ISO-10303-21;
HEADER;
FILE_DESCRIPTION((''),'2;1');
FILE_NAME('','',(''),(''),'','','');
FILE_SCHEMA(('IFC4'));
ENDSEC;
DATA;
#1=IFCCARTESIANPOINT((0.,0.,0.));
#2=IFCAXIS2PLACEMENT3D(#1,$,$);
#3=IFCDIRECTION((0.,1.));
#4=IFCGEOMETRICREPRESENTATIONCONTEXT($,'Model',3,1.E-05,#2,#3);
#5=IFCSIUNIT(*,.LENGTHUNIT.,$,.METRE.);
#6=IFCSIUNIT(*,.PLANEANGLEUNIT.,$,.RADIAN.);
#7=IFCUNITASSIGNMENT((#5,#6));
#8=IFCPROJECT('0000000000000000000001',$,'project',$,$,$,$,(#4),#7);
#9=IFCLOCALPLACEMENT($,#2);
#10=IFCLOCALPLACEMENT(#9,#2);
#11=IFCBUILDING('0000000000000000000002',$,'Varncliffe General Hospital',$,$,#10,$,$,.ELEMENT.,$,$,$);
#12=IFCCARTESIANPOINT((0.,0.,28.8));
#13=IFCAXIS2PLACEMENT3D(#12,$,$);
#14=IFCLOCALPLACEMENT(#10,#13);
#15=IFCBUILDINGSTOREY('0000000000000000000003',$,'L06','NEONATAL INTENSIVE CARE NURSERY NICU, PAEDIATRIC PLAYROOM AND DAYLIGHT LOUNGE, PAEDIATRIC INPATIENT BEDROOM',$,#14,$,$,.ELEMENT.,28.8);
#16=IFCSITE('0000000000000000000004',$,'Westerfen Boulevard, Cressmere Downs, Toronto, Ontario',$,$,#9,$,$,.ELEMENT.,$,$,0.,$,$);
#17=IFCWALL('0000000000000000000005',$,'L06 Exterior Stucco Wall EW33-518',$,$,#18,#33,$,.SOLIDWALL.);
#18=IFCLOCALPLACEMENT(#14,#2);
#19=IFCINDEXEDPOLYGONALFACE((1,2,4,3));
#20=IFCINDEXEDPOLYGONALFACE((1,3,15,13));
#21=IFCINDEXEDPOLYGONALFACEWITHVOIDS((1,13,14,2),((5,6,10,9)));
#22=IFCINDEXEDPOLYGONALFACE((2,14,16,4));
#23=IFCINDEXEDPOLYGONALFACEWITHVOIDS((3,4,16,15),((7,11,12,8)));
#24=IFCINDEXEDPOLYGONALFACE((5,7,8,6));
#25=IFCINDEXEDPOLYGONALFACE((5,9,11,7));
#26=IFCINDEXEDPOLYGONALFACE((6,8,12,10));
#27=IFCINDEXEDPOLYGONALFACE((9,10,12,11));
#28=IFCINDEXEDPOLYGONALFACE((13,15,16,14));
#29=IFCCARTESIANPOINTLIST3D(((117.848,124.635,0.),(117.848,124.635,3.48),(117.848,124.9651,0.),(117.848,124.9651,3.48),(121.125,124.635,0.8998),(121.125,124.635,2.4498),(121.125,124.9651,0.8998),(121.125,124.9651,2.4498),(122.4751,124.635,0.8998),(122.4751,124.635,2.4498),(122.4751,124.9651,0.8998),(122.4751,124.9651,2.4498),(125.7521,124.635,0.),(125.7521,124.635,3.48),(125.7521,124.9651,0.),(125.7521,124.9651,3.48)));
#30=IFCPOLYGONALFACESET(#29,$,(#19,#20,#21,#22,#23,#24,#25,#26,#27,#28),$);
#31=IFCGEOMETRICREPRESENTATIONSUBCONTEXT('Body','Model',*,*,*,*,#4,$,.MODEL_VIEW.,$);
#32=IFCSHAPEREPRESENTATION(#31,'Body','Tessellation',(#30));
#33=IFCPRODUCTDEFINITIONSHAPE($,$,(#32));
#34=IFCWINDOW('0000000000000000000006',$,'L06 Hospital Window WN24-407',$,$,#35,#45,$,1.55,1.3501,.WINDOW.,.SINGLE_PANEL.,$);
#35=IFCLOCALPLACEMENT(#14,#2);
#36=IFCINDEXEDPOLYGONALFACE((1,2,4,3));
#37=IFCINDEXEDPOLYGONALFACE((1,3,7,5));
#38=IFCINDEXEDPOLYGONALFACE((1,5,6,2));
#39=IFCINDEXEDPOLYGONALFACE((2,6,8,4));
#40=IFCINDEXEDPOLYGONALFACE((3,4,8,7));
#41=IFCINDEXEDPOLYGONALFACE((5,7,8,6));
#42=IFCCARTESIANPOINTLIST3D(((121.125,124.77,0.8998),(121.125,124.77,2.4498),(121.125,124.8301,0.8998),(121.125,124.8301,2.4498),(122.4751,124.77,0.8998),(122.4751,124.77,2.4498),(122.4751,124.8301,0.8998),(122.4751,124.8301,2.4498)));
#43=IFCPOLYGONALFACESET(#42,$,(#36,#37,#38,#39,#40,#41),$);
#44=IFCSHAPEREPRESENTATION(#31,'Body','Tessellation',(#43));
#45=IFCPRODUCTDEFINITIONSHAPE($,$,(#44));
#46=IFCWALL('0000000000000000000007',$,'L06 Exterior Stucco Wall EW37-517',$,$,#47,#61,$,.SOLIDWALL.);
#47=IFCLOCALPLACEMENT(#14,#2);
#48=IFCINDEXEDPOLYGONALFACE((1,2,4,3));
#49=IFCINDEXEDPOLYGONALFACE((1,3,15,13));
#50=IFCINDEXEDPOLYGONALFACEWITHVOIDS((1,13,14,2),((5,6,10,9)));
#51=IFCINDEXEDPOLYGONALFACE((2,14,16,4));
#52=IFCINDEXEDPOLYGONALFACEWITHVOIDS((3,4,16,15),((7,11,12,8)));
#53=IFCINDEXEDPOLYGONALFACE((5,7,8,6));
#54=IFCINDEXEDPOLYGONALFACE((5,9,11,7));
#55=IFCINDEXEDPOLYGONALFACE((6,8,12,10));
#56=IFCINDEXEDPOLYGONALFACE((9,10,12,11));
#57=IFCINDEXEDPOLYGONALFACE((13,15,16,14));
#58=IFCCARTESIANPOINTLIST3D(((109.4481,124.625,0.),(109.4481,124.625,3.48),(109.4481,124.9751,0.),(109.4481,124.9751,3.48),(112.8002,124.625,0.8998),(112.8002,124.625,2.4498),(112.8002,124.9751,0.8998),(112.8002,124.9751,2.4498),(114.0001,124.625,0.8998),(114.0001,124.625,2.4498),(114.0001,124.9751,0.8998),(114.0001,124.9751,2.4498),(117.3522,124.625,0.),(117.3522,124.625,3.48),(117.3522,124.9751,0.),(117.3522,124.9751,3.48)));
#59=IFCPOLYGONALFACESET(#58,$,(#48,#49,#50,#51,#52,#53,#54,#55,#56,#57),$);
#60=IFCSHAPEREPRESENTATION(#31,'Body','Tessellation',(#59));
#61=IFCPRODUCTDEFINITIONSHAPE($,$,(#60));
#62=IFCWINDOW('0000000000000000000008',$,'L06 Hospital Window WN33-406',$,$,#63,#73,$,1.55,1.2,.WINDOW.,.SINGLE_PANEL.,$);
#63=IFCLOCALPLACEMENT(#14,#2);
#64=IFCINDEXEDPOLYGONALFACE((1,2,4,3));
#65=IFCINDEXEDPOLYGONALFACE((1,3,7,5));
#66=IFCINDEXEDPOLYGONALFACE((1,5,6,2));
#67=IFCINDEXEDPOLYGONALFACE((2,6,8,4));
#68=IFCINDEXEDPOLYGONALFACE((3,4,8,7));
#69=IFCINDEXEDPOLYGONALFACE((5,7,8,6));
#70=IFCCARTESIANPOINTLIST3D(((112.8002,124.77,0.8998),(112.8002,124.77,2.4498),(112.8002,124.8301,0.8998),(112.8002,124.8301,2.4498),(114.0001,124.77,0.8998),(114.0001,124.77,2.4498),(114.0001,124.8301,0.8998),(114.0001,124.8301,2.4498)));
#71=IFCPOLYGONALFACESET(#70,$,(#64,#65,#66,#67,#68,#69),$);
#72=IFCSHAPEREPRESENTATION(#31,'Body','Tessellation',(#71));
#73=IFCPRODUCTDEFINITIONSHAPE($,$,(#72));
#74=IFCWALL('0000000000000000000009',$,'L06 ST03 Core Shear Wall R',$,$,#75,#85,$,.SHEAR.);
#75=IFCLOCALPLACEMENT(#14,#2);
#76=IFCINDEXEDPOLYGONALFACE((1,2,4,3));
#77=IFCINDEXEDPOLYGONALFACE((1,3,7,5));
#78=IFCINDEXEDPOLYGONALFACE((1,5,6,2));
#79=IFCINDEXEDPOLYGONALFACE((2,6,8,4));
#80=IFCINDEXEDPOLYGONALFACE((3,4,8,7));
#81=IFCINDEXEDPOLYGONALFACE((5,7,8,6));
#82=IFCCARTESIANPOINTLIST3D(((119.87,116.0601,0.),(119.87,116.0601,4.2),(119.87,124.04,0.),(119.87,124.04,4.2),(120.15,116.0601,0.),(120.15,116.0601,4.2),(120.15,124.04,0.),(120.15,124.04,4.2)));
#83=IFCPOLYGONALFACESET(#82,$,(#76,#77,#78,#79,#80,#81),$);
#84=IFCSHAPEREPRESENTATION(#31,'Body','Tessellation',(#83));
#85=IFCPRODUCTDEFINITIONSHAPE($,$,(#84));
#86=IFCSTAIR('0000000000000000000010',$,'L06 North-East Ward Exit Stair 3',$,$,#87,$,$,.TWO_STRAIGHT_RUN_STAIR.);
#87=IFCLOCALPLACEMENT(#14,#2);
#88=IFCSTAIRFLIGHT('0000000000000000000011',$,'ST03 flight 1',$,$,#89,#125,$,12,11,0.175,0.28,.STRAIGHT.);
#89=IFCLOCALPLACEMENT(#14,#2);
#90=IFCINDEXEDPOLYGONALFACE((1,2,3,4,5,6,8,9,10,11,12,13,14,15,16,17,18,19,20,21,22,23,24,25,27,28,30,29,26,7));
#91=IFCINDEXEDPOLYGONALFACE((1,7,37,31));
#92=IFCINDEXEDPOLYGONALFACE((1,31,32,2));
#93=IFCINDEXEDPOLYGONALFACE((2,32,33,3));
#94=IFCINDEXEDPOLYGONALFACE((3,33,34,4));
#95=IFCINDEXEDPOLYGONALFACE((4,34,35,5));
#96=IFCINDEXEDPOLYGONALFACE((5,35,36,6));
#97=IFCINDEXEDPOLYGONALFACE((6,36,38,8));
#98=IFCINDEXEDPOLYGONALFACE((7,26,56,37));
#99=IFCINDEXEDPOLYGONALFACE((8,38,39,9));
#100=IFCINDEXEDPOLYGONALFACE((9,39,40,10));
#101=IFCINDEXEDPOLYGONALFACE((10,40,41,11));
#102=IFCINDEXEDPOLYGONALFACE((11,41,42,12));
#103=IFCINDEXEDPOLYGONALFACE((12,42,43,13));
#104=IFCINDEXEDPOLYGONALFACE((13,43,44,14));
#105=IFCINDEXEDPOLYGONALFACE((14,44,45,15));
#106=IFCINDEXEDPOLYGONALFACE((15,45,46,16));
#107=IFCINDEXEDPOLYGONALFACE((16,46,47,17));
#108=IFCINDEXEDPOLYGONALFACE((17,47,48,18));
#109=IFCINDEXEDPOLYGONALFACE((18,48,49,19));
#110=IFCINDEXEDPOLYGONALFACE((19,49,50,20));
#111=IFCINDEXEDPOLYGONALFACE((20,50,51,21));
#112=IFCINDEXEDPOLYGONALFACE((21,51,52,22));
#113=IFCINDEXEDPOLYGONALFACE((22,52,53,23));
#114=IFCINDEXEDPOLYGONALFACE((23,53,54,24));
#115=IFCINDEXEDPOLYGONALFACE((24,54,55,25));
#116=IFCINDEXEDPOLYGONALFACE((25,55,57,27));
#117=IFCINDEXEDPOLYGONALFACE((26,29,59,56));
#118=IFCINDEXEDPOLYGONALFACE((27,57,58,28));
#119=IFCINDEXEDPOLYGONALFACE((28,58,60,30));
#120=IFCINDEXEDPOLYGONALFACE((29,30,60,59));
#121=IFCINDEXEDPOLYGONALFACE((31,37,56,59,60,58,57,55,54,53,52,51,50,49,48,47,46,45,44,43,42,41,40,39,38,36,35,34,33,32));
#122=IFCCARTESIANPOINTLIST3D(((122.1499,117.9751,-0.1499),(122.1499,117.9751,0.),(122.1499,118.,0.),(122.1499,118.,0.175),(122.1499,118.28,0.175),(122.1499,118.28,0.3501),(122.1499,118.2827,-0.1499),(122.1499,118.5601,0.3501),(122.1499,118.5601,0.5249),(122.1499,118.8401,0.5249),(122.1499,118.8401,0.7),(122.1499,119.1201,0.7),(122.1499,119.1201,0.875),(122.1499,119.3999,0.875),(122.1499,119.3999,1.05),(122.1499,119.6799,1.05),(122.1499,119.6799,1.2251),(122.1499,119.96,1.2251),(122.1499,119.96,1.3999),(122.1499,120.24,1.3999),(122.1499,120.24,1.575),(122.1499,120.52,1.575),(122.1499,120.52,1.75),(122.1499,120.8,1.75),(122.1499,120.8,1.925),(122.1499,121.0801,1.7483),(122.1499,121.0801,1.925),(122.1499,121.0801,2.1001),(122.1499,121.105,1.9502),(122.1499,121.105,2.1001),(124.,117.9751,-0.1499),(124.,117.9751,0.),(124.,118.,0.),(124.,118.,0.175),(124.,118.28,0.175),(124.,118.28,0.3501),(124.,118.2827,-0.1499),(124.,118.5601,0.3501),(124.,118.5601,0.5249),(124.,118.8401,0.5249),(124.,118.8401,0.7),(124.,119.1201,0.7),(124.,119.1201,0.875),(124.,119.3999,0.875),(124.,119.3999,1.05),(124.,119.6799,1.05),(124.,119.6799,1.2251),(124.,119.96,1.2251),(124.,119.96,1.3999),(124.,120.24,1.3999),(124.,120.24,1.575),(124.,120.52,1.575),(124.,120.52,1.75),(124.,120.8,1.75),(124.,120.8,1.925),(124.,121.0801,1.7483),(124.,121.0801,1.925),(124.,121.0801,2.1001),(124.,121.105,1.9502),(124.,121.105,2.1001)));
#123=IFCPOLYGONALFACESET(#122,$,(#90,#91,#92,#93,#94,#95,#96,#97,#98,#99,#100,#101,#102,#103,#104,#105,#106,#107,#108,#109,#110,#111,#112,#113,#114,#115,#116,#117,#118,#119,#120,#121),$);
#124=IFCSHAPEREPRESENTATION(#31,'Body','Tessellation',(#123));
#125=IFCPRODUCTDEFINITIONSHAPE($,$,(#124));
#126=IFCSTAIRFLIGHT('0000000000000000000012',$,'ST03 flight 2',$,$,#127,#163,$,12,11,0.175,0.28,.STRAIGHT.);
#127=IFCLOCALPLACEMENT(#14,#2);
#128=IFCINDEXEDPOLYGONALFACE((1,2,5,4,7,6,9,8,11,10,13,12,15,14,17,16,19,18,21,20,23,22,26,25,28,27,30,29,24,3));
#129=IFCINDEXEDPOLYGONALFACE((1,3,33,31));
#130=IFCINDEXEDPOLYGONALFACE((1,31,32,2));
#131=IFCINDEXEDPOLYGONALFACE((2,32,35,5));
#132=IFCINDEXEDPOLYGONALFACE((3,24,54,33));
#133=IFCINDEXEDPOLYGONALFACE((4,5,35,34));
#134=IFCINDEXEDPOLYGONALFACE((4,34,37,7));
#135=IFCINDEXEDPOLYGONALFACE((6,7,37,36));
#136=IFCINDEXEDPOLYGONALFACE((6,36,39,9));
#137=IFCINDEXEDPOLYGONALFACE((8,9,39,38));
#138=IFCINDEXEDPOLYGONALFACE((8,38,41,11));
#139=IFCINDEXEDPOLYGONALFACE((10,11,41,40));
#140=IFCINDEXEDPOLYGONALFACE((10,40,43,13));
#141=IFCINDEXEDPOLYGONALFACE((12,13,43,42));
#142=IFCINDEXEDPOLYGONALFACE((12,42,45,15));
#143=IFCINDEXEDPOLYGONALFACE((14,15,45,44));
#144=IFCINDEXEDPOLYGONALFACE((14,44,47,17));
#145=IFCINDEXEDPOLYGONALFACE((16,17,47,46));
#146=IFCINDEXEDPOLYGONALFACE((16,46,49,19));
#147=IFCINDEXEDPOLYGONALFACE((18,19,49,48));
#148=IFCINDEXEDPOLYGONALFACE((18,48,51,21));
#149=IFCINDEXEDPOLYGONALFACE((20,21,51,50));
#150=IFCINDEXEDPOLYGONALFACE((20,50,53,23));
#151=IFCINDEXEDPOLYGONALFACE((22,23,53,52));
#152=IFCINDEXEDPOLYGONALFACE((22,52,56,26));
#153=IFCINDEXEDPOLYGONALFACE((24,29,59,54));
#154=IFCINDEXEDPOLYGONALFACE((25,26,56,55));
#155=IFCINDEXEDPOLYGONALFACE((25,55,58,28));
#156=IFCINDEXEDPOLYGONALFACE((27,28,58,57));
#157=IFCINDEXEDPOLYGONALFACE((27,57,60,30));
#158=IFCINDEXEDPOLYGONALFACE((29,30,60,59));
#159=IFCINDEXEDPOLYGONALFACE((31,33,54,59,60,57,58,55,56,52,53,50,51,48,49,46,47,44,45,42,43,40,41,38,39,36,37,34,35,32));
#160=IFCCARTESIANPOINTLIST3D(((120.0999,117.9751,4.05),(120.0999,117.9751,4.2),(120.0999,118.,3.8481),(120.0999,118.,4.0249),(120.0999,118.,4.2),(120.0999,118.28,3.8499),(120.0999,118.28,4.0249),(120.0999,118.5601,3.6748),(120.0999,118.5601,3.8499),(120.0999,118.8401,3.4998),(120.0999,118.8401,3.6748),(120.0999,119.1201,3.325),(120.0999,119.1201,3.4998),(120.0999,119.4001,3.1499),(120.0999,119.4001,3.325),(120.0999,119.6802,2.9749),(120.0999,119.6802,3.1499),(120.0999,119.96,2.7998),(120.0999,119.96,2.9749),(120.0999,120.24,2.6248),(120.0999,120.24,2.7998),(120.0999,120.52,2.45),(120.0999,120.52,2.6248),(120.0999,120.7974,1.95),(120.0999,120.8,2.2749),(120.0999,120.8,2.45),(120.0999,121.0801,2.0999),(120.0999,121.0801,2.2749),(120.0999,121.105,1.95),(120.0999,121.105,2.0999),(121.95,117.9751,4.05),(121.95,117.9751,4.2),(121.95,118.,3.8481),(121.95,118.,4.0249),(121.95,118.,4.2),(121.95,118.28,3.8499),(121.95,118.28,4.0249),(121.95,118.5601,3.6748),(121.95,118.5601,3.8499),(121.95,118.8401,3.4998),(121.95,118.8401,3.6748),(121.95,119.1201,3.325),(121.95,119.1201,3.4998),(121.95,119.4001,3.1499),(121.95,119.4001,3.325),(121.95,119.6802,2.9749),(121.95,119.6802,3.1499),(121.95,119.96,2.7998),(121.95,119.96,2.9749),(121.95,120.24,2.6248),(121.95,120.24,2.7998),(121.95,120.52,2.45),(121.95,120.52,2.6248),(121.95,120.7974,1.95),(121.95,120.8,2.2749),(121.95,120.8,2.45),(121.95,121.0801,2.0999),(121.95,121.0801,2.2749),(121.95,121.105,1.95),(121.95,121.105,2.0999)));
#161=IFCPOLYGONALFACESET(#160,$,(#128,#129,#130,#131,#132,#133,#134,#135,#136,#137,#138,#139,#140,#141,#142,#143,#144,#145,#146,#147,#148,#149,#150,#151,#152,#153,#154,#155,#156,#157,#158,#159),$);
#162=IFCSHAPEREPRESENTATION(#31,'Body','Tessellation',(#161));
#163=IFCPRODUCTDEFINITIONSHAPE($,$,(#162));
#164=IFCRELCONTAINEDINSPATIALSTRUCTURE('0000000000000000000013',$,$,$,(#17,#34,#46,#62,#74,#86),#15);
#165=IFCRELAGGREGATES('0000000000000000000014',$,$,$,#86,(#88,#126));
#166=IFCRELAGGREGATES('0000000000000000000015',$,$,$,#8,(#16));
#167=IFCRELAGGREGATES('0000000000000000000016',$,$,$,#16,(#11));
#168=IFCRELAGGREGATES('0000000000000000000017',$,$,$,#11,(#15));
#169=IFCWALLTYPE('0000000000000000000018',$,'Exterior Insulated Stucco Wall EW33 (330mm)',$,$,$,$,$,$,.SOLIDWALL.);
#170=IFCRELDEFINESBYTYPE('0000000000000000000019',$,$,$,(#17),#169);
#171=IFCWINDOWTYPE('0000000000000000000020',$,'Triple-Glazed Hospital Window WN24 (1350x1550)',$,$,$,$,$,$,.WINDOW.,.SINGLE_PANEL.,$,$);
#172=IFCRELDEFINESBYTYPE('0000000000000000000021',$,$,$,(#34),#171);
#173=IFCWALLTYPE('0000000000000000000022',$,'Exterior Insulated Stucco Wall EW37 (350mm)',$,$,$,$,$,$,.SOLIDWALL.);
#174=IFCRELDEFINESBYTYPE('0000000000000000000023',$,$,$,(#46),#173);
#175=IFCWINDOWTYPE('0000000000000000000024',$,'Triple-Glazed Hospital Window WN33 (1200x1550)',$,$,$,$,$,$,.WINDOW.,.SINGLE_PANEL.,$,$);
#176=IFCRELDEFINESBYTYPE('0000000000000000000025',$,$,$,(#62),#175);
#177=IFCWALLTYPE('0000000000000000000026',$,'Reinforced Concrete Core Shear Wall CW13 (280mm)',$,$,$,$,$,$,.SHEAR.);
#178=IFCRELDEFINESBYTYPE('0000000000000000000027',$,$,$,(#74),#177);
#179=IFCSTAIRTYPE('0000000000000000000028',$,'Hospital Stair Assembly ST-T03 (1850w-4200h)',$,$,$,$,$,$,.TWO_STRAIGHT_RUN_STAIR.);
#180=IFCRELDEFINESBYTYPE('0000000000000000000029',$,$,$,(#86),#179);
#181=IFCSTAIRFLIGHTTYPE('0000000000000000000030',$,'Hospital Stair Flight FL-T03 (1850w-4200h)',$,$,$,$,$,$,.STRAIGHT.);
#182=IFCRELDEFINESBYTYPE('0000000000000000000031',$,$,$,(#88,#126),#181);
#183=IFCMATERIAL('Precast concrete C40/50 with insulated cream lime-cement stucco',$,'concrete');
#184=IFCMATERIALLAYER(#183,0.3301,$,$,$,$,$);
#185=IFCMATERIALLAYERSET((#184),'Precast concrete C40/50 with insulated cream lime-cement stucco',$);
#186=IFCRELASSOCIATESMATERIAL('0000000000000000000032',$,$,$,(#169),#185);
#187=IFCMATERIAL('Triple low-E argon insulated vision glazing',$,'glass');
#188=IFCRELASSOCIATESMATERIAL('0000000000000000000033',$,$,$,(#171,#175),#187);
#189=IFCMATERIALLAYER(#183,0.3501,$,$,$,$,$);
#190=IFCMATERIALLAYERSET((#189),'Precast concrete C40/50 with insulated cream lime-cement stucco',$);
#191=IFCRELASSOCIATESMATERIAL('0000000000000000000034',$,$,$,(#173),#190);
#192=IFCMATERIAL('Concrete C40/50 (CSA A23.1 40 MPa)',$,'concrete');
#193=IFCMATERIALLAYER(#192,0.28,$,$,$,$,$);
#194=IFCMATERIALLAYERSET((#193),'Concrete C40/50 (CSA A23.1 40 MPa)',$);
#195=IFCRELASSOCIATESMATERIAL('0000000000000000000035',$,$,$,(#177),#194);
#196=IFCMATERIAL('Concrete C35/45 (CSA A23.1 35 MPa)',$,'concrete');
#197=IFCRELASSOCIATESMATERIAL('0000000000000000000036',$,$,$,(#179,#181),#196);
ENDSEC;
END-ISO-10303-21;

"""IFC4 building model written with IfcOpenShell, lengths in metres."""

from ifc_helpers import new_model, si_unit, direction, frame, frame_2d, origin, place, context, subcontext, project, spatial, polyline, rectangle, outline, extrude, material, layer, layer_set, type_object, element, fill, aggregate, save


model = new_model("IFC4")

# Units and contexts
model_context = context("Model", 3, precision=1e-05, world=origin(), true_north=direction((0.0, 1.0)))
body_context = subcontext(model_context, "Body", "Model", "MODEL_VIEW")
ifc_project = project(units=[si_unit("LENGTHUNIT", "METRE"), si_unit("PLANEANGLEUNIT", "RADIAN")], contexts=[model_context])

# Site, building, storey
site_placement = place(None, origin())
site = spatial("IfcSite", under=ifc_project, at=site_placement, Name="Westerfen Boulevard, Cressmere Downs, Toronto, Ontario", CompositionType="ELEMENT", RefElevation=0.0)
building_placement = place(site_placement, origin())
building = spatial("IfcBuilding", under=site, at=building_placement, Name="Varncliffe General Hospital", CompositionType="ELEMENT")
storey_placement = place(building_placement, frame((0.0, 0.0, 28.8)))
storey = spatial("IfcBuildingStorey", under=building, at=storey_placement, Name="L06", Description="NEONATAL INTENSIVE CARE NURSERY NICU, PAEDIATRIC PLAYROOM AND DAYLIGHT LOUNGE, PAEDIATRIC INPATIENT BEDROOM", CompositionType="ELEMENT", Elevation=28.8)

# Shared definitions
ifc_material_1 = material(Name="Concrete C40/50 (CSA A23.1 40 MPa)", Category="concrete")

# Shared definitions
ifc_material_2 = material(Name="Concrete C35/45 (CSA A23.1 35 MPa)", Category="concrete")

# Walls, openings, windows
ifc_material_3 = material(Name="Precast concrete C40/50 with insulated cream lime-cement stucco", Category="concrete")
ifc_material_4 = material(Name="Triple low-E argon insulated vision glazing", Category="glass")
ifc_layer_1 = layer(ifc_material_3, 0.3301)
ifc_layer_set_1 = layer_set([ifc_layer_1], Name="Precast concrete C40/50 with insulated cream lime-cement stucco")
wall_type_1 = type_object("IfcWallType", Name="Exterior Insulated Stucco Wall EW33 (330mm)", PredefinedType="SOLIDWALL", material=ifc_layer_set_1)
wall_1_placement = place(storey_placement, frame((117.8479, 124.8, 0.0), z_axis=(0.0, 0.0, 1.0), x_axis=(1.0, 0.0, 0.0)))
wall_1 = element("IfcWall", 1, at=wall_1_placement, inside=storey, type_object=wall_type_1, Name="L06 Exterior Stucco Wall EW33-518", PredefinedType="SOLIDWALL", context=body_context, shape_type="SweptSolid", body=[
    extrude(rectangle(XDim=7.9041, YDim=0.3301, at=frame_2d((3.9521, 0.0))), origin(), (0.0, 0.0, 1.0), 3.48),
])
opening_1_placement = place(wall_1_placement, frame((3.2771, 0.0, 0.8999)))
opening_1 = element("IfcOpeningElement", 2, at=opening_1_placement, cuts=wall_1, PredefinedType="OPENING", context=body_context, shape_type="SweptSolid", body=[
    extrude(rectangle(XDim=1.3501, YDim=1.55, at=frame_2d((0.675, 0.7749))), frame((0.0, 0.175, 0.0), z_axis=(0.0, -1.0, 0.0), x_axis=(1.0, 0.0, 0.0)), (0.0, 0.0, 1.0), 0.3501),
])
window_type_1 = type_object("IfcWindowType", Name="Triple-Glazed Hospital Window WN24 (1350x1550)", PartitioningType="SINGLE_PANEL", PredefinedType="WINDOW", material=ifc_material_4)
window_1_placement = place(opening_1_placement, origin())
window_1 = element("IfcWindow", 3, at=window_1_placement, inside=storey, type_object=window_type_1, Name="L06 Hospital Window WN24-407", OverallHeight=1.55, OverallWidth=1.3501, PartitioningType="SINGLE_PANEL", PredefinedType="WINDOW", context=body_context, shape_type="SweptSolid", body=[
    extrude(rectangle(XDim=1.3501, YDim=1.55, at=frame_2d((0.675, 0.7749))), frame((0.0, 0.03, 0.0), z_axis=(0.0, -1.0, 0.0), x_axis=(1.0, 0.0, 0.0)), (0.0, 0.0, 1.0), 0.0601),
])
fill(opening_1, window_1)
ifc_layer_2 = layer(ifc_material_3, 0.3501)
ifc_layer_set_2 = layer_set([ifc_layer_2], Name="Precast concrete C40/50 with insulated cream lime-cement stucco")
wall_type_2 = type_object("IfcWallType", Name="Exterior Insulated Stucco Wall EW37 (350mm)", PredefinedType="SOLIDWALL", material=ifc_layer_set_2)
wall_2_placement = place(storey_placement, frame((109.448, 124.8, 0.0), z_axis=(0.0, 0.0, 1.0), x_axis=(1.0, 0.0, 0.0)))
wall_2 = element("IfcWall", 4, at=wall_2_placement, inside=storey, type_object=wall_type_2, Name="L06 Exterior Stucco Wall EW37-517", PredefinedType="SOLIDWALL", context=body_context, shape_type="SweptSolid", body=[
    extrude(rectangle(XDim=7.9041, YDim=0.3501, at=frame_2d((3.9521, 0.0))), origin(), (0.0, 0.0, 1.0), 3.48),
])
opening_2_placement = place(wall_2_placement, frame((3.3521, 0.0, 0.8999)))
opening_2 = element("IfcOpeningElement", 5, at=opening_2_placement, cuts=wall_2, PredefinedType="OPENING", context=body_context, shape_type="SweptSolid", body=[
    extrude(rectangle(XDim=1.2, YDim=1.55, at=frame_2d((0.6001, 0.7749))), frame((0.0, 0.1851, 0.0), z_axis=(0.0, -1.0, 0.0), x_axis=(1.0, 0.0, 0.0)), (0.0, 0.0, 1.0), 0.3701),
])
window_type_2 = type_object("IfcWindowType", Name="Triple-Glazed Hospital Window WN33 (1200x1550)", PartitioningType="SINGLE_PANEL", PredefinedType="WINDOW", material=ifc_material_4)
window_2_placement = place(opening_2_placement, origin())
window_2 = element("IfcWindow", 6, at=window_2_placement, inside=storey, type_object=window_type_2, Name="L06 Hospital Window WN33-406", OverallHeight=1.55, OverallWidth=1.2, PartitioningType="SINGLE_PANEL", PredefinedType="WINDOW", context=body_context, shape_type="SweptSolid", body=[
    extrude(rectangle(XDim=1.2, YDim=1.55, at=frame_2d((0.6001, 0.7749))), frame((0.0, 0.03, 0.0), z_axis=(0.0, -1.0, 0.0), x_axis=(1.0, 0.0, 0.0)), (0.0, 0.0, 1.0), 0.0601),
])
fill(opening_2, window_2)

# Wall
ifc_layer_3 = layer(ifc_material_1, 0.28)
ifc_layer_set_3 = layer_set([ifc_layer_3], Name="Concrete C40/50 (CSA A23.1 40 MPa)")
wall_type_3 = type_object("IfcWallType", Name="Reinforced Concrete Core Shear Wall CW13 (280mm)", PredefinedType="SHEAR", material=ifc_layer_set_3)
wall_3_placement = place(storey_placement, frame((120.01, 124.04, 0.0), z_axis=(0.0, 0.0, 1.0), x_axis=(0.0, -1.0, 0.0)))
element("IfcWall", 7, at=wall_3_placement, inside=storey, type_object=wall_type_3, Name="L06 ST03 Core Shear Wall R", PredefinedType="SHEAR", context=body_context, shape_type="SweptSolid", body=[
    extrude(rectangle(XDim=7.98, YDim=0.28, at=frame_2d((3.99, 0.0))), origin(), (0.0, 0.0, 1.0), 4.2),
])

# Stair, stair flights
stair_type = type_object("IfcStairType", Name="Hospital Stair Assembly ST-T03 (1850w-4200h)", PredefinedType="TWO_STRAIGHT_RUN_STAIR", material=ifc_material_2)
stair_placement = place(storey_placement, origin())
stair = element("IfcStair", 8, at=stair_placement, inside=storey, type_object=stair_type, Name="L06 North-East Ward Exit Stair 3", PredefinedType="TWO_STRAIGHT_RUN_STAIR")
stair_flight_type = type_object("IfcStairFlightType", Name="Hospital Stair Flight FL-T03 (1850w-4200h)", PredefinedType="STRAIGHT", material=ifc_material_2)
stair_flight_1_placement = place(storey_placement, frame((123.075, 118.0, 0.0), z_axis=(0.0, 0.0, 1.0), x_axis=(0.0, 1.0, 0.0)))
stair_flight_1 = element("IfcStairFlight", 9, at=stair_flight_1_placement, type_object=stair_flight_type, Name="ST03 flight 1", NumberOfRisers=12, NumberOfTreads=11, PredefinedType="STRAIGHT", RiserHeight=0.175, TreadLength=0.28, context=body_context, shape_type="SweptSolid", body=[
    extrude(outline(polyline([(-0.0249, -0.1499), (-0.0249, 0.0), (0.0, 0.0), (0.0, 0.175), (0.28, 0.175), (0.28, 0.3501), (0.5601, 0.3501), (0.5601, 0.5249), (0.8401, 0.5249), (0.8401, 0.7), (1.1201, 0.7), (1.1201, 0.875), (1.3999, 0.875), (1.3999, 1.05), (1.6799, 1.05), (1.6799, 1.2251), (1.96, 1.2251), (1.96, 1.3999), (2.24, 1.3999), (2.24, 1.575), (2.52, 1.575), (2.52, 1.75), (2.8, 1.75), (2.8, 1.925), (3.0801, 1.925), (3.0801, 2.1001), (3.105, 2.1001), (3.105, 1.9502), (3.0801, 1.7483), (0.2827, -0.1499), (-0.0249, -0.1499)])), frame((0.0, 0.925, 0.0), z_axis=(0.0, -1.0, 0.0), x_axis=(1.0, 0.0, 0.0)), (0.0, 0.0, 1.0), 1.8501),
])
stair_flight_2_placement = place(storey_placement, frame((121.0249, 121.0801, 2.0999), z_axis=(0.0, 0.0, 1.0), x_axis=(0.0, -1.0, 0.0)))
stair_flight_2 = element("IfcStairFlight", 10, at=stair_flight_2_placement, type_object=stair_flight_type, Name="ST03 flight 2", NumberOfRisers=12, NumberOfTreads=11, PredefinedType="STRAIGHT", RiserHeight=0.175, TreadLength=0.28, context=body_context, shape_type="SweptSolid", body=[
    extrude(outline(polyline([(-0.0249, -0.1499), (-0.0249, 0.0), (0.0, 0.0), (0.0, 0.175), (0.28, 0.175), (0.28, 0.3501), (0.5601, 0.3501), (0.5601, 0.5249), (0.8401, 0.5249), (0.8401, 0.7), (1.1201, 0.7), (1.1201, 0.875), (1.3999, 0.875), (1.3999, 1.05), (1.6799, 1.05), (1.6799, 1.2251), (1.96, 1.2251), (1.96, 1.3999), (2.24, 1.3999), (2.24, 1.575), (2.52, 1.575), (2.52, 1.75), (2.8, 1.75), (2.8, 1.925), (3.0801, 1.925), (3.0801, 2.1001), (3.105, 2.1001), (3.105, 1.9502), (3.0801, 1.7483), (0.2827, -0.1499), (-0.0249, -0.1499)])), frame((0.0, 0.925, 0.0), z_axis=(0.0, -1.0, 0.0), x_axis=(1.0, 0.0, 0.0)), (0.0, 0.0, 1.0), 1.8501),
])
aggregate(stair, [stair_flight_1, stair_flight_2])

save(model, "model.ifc")
